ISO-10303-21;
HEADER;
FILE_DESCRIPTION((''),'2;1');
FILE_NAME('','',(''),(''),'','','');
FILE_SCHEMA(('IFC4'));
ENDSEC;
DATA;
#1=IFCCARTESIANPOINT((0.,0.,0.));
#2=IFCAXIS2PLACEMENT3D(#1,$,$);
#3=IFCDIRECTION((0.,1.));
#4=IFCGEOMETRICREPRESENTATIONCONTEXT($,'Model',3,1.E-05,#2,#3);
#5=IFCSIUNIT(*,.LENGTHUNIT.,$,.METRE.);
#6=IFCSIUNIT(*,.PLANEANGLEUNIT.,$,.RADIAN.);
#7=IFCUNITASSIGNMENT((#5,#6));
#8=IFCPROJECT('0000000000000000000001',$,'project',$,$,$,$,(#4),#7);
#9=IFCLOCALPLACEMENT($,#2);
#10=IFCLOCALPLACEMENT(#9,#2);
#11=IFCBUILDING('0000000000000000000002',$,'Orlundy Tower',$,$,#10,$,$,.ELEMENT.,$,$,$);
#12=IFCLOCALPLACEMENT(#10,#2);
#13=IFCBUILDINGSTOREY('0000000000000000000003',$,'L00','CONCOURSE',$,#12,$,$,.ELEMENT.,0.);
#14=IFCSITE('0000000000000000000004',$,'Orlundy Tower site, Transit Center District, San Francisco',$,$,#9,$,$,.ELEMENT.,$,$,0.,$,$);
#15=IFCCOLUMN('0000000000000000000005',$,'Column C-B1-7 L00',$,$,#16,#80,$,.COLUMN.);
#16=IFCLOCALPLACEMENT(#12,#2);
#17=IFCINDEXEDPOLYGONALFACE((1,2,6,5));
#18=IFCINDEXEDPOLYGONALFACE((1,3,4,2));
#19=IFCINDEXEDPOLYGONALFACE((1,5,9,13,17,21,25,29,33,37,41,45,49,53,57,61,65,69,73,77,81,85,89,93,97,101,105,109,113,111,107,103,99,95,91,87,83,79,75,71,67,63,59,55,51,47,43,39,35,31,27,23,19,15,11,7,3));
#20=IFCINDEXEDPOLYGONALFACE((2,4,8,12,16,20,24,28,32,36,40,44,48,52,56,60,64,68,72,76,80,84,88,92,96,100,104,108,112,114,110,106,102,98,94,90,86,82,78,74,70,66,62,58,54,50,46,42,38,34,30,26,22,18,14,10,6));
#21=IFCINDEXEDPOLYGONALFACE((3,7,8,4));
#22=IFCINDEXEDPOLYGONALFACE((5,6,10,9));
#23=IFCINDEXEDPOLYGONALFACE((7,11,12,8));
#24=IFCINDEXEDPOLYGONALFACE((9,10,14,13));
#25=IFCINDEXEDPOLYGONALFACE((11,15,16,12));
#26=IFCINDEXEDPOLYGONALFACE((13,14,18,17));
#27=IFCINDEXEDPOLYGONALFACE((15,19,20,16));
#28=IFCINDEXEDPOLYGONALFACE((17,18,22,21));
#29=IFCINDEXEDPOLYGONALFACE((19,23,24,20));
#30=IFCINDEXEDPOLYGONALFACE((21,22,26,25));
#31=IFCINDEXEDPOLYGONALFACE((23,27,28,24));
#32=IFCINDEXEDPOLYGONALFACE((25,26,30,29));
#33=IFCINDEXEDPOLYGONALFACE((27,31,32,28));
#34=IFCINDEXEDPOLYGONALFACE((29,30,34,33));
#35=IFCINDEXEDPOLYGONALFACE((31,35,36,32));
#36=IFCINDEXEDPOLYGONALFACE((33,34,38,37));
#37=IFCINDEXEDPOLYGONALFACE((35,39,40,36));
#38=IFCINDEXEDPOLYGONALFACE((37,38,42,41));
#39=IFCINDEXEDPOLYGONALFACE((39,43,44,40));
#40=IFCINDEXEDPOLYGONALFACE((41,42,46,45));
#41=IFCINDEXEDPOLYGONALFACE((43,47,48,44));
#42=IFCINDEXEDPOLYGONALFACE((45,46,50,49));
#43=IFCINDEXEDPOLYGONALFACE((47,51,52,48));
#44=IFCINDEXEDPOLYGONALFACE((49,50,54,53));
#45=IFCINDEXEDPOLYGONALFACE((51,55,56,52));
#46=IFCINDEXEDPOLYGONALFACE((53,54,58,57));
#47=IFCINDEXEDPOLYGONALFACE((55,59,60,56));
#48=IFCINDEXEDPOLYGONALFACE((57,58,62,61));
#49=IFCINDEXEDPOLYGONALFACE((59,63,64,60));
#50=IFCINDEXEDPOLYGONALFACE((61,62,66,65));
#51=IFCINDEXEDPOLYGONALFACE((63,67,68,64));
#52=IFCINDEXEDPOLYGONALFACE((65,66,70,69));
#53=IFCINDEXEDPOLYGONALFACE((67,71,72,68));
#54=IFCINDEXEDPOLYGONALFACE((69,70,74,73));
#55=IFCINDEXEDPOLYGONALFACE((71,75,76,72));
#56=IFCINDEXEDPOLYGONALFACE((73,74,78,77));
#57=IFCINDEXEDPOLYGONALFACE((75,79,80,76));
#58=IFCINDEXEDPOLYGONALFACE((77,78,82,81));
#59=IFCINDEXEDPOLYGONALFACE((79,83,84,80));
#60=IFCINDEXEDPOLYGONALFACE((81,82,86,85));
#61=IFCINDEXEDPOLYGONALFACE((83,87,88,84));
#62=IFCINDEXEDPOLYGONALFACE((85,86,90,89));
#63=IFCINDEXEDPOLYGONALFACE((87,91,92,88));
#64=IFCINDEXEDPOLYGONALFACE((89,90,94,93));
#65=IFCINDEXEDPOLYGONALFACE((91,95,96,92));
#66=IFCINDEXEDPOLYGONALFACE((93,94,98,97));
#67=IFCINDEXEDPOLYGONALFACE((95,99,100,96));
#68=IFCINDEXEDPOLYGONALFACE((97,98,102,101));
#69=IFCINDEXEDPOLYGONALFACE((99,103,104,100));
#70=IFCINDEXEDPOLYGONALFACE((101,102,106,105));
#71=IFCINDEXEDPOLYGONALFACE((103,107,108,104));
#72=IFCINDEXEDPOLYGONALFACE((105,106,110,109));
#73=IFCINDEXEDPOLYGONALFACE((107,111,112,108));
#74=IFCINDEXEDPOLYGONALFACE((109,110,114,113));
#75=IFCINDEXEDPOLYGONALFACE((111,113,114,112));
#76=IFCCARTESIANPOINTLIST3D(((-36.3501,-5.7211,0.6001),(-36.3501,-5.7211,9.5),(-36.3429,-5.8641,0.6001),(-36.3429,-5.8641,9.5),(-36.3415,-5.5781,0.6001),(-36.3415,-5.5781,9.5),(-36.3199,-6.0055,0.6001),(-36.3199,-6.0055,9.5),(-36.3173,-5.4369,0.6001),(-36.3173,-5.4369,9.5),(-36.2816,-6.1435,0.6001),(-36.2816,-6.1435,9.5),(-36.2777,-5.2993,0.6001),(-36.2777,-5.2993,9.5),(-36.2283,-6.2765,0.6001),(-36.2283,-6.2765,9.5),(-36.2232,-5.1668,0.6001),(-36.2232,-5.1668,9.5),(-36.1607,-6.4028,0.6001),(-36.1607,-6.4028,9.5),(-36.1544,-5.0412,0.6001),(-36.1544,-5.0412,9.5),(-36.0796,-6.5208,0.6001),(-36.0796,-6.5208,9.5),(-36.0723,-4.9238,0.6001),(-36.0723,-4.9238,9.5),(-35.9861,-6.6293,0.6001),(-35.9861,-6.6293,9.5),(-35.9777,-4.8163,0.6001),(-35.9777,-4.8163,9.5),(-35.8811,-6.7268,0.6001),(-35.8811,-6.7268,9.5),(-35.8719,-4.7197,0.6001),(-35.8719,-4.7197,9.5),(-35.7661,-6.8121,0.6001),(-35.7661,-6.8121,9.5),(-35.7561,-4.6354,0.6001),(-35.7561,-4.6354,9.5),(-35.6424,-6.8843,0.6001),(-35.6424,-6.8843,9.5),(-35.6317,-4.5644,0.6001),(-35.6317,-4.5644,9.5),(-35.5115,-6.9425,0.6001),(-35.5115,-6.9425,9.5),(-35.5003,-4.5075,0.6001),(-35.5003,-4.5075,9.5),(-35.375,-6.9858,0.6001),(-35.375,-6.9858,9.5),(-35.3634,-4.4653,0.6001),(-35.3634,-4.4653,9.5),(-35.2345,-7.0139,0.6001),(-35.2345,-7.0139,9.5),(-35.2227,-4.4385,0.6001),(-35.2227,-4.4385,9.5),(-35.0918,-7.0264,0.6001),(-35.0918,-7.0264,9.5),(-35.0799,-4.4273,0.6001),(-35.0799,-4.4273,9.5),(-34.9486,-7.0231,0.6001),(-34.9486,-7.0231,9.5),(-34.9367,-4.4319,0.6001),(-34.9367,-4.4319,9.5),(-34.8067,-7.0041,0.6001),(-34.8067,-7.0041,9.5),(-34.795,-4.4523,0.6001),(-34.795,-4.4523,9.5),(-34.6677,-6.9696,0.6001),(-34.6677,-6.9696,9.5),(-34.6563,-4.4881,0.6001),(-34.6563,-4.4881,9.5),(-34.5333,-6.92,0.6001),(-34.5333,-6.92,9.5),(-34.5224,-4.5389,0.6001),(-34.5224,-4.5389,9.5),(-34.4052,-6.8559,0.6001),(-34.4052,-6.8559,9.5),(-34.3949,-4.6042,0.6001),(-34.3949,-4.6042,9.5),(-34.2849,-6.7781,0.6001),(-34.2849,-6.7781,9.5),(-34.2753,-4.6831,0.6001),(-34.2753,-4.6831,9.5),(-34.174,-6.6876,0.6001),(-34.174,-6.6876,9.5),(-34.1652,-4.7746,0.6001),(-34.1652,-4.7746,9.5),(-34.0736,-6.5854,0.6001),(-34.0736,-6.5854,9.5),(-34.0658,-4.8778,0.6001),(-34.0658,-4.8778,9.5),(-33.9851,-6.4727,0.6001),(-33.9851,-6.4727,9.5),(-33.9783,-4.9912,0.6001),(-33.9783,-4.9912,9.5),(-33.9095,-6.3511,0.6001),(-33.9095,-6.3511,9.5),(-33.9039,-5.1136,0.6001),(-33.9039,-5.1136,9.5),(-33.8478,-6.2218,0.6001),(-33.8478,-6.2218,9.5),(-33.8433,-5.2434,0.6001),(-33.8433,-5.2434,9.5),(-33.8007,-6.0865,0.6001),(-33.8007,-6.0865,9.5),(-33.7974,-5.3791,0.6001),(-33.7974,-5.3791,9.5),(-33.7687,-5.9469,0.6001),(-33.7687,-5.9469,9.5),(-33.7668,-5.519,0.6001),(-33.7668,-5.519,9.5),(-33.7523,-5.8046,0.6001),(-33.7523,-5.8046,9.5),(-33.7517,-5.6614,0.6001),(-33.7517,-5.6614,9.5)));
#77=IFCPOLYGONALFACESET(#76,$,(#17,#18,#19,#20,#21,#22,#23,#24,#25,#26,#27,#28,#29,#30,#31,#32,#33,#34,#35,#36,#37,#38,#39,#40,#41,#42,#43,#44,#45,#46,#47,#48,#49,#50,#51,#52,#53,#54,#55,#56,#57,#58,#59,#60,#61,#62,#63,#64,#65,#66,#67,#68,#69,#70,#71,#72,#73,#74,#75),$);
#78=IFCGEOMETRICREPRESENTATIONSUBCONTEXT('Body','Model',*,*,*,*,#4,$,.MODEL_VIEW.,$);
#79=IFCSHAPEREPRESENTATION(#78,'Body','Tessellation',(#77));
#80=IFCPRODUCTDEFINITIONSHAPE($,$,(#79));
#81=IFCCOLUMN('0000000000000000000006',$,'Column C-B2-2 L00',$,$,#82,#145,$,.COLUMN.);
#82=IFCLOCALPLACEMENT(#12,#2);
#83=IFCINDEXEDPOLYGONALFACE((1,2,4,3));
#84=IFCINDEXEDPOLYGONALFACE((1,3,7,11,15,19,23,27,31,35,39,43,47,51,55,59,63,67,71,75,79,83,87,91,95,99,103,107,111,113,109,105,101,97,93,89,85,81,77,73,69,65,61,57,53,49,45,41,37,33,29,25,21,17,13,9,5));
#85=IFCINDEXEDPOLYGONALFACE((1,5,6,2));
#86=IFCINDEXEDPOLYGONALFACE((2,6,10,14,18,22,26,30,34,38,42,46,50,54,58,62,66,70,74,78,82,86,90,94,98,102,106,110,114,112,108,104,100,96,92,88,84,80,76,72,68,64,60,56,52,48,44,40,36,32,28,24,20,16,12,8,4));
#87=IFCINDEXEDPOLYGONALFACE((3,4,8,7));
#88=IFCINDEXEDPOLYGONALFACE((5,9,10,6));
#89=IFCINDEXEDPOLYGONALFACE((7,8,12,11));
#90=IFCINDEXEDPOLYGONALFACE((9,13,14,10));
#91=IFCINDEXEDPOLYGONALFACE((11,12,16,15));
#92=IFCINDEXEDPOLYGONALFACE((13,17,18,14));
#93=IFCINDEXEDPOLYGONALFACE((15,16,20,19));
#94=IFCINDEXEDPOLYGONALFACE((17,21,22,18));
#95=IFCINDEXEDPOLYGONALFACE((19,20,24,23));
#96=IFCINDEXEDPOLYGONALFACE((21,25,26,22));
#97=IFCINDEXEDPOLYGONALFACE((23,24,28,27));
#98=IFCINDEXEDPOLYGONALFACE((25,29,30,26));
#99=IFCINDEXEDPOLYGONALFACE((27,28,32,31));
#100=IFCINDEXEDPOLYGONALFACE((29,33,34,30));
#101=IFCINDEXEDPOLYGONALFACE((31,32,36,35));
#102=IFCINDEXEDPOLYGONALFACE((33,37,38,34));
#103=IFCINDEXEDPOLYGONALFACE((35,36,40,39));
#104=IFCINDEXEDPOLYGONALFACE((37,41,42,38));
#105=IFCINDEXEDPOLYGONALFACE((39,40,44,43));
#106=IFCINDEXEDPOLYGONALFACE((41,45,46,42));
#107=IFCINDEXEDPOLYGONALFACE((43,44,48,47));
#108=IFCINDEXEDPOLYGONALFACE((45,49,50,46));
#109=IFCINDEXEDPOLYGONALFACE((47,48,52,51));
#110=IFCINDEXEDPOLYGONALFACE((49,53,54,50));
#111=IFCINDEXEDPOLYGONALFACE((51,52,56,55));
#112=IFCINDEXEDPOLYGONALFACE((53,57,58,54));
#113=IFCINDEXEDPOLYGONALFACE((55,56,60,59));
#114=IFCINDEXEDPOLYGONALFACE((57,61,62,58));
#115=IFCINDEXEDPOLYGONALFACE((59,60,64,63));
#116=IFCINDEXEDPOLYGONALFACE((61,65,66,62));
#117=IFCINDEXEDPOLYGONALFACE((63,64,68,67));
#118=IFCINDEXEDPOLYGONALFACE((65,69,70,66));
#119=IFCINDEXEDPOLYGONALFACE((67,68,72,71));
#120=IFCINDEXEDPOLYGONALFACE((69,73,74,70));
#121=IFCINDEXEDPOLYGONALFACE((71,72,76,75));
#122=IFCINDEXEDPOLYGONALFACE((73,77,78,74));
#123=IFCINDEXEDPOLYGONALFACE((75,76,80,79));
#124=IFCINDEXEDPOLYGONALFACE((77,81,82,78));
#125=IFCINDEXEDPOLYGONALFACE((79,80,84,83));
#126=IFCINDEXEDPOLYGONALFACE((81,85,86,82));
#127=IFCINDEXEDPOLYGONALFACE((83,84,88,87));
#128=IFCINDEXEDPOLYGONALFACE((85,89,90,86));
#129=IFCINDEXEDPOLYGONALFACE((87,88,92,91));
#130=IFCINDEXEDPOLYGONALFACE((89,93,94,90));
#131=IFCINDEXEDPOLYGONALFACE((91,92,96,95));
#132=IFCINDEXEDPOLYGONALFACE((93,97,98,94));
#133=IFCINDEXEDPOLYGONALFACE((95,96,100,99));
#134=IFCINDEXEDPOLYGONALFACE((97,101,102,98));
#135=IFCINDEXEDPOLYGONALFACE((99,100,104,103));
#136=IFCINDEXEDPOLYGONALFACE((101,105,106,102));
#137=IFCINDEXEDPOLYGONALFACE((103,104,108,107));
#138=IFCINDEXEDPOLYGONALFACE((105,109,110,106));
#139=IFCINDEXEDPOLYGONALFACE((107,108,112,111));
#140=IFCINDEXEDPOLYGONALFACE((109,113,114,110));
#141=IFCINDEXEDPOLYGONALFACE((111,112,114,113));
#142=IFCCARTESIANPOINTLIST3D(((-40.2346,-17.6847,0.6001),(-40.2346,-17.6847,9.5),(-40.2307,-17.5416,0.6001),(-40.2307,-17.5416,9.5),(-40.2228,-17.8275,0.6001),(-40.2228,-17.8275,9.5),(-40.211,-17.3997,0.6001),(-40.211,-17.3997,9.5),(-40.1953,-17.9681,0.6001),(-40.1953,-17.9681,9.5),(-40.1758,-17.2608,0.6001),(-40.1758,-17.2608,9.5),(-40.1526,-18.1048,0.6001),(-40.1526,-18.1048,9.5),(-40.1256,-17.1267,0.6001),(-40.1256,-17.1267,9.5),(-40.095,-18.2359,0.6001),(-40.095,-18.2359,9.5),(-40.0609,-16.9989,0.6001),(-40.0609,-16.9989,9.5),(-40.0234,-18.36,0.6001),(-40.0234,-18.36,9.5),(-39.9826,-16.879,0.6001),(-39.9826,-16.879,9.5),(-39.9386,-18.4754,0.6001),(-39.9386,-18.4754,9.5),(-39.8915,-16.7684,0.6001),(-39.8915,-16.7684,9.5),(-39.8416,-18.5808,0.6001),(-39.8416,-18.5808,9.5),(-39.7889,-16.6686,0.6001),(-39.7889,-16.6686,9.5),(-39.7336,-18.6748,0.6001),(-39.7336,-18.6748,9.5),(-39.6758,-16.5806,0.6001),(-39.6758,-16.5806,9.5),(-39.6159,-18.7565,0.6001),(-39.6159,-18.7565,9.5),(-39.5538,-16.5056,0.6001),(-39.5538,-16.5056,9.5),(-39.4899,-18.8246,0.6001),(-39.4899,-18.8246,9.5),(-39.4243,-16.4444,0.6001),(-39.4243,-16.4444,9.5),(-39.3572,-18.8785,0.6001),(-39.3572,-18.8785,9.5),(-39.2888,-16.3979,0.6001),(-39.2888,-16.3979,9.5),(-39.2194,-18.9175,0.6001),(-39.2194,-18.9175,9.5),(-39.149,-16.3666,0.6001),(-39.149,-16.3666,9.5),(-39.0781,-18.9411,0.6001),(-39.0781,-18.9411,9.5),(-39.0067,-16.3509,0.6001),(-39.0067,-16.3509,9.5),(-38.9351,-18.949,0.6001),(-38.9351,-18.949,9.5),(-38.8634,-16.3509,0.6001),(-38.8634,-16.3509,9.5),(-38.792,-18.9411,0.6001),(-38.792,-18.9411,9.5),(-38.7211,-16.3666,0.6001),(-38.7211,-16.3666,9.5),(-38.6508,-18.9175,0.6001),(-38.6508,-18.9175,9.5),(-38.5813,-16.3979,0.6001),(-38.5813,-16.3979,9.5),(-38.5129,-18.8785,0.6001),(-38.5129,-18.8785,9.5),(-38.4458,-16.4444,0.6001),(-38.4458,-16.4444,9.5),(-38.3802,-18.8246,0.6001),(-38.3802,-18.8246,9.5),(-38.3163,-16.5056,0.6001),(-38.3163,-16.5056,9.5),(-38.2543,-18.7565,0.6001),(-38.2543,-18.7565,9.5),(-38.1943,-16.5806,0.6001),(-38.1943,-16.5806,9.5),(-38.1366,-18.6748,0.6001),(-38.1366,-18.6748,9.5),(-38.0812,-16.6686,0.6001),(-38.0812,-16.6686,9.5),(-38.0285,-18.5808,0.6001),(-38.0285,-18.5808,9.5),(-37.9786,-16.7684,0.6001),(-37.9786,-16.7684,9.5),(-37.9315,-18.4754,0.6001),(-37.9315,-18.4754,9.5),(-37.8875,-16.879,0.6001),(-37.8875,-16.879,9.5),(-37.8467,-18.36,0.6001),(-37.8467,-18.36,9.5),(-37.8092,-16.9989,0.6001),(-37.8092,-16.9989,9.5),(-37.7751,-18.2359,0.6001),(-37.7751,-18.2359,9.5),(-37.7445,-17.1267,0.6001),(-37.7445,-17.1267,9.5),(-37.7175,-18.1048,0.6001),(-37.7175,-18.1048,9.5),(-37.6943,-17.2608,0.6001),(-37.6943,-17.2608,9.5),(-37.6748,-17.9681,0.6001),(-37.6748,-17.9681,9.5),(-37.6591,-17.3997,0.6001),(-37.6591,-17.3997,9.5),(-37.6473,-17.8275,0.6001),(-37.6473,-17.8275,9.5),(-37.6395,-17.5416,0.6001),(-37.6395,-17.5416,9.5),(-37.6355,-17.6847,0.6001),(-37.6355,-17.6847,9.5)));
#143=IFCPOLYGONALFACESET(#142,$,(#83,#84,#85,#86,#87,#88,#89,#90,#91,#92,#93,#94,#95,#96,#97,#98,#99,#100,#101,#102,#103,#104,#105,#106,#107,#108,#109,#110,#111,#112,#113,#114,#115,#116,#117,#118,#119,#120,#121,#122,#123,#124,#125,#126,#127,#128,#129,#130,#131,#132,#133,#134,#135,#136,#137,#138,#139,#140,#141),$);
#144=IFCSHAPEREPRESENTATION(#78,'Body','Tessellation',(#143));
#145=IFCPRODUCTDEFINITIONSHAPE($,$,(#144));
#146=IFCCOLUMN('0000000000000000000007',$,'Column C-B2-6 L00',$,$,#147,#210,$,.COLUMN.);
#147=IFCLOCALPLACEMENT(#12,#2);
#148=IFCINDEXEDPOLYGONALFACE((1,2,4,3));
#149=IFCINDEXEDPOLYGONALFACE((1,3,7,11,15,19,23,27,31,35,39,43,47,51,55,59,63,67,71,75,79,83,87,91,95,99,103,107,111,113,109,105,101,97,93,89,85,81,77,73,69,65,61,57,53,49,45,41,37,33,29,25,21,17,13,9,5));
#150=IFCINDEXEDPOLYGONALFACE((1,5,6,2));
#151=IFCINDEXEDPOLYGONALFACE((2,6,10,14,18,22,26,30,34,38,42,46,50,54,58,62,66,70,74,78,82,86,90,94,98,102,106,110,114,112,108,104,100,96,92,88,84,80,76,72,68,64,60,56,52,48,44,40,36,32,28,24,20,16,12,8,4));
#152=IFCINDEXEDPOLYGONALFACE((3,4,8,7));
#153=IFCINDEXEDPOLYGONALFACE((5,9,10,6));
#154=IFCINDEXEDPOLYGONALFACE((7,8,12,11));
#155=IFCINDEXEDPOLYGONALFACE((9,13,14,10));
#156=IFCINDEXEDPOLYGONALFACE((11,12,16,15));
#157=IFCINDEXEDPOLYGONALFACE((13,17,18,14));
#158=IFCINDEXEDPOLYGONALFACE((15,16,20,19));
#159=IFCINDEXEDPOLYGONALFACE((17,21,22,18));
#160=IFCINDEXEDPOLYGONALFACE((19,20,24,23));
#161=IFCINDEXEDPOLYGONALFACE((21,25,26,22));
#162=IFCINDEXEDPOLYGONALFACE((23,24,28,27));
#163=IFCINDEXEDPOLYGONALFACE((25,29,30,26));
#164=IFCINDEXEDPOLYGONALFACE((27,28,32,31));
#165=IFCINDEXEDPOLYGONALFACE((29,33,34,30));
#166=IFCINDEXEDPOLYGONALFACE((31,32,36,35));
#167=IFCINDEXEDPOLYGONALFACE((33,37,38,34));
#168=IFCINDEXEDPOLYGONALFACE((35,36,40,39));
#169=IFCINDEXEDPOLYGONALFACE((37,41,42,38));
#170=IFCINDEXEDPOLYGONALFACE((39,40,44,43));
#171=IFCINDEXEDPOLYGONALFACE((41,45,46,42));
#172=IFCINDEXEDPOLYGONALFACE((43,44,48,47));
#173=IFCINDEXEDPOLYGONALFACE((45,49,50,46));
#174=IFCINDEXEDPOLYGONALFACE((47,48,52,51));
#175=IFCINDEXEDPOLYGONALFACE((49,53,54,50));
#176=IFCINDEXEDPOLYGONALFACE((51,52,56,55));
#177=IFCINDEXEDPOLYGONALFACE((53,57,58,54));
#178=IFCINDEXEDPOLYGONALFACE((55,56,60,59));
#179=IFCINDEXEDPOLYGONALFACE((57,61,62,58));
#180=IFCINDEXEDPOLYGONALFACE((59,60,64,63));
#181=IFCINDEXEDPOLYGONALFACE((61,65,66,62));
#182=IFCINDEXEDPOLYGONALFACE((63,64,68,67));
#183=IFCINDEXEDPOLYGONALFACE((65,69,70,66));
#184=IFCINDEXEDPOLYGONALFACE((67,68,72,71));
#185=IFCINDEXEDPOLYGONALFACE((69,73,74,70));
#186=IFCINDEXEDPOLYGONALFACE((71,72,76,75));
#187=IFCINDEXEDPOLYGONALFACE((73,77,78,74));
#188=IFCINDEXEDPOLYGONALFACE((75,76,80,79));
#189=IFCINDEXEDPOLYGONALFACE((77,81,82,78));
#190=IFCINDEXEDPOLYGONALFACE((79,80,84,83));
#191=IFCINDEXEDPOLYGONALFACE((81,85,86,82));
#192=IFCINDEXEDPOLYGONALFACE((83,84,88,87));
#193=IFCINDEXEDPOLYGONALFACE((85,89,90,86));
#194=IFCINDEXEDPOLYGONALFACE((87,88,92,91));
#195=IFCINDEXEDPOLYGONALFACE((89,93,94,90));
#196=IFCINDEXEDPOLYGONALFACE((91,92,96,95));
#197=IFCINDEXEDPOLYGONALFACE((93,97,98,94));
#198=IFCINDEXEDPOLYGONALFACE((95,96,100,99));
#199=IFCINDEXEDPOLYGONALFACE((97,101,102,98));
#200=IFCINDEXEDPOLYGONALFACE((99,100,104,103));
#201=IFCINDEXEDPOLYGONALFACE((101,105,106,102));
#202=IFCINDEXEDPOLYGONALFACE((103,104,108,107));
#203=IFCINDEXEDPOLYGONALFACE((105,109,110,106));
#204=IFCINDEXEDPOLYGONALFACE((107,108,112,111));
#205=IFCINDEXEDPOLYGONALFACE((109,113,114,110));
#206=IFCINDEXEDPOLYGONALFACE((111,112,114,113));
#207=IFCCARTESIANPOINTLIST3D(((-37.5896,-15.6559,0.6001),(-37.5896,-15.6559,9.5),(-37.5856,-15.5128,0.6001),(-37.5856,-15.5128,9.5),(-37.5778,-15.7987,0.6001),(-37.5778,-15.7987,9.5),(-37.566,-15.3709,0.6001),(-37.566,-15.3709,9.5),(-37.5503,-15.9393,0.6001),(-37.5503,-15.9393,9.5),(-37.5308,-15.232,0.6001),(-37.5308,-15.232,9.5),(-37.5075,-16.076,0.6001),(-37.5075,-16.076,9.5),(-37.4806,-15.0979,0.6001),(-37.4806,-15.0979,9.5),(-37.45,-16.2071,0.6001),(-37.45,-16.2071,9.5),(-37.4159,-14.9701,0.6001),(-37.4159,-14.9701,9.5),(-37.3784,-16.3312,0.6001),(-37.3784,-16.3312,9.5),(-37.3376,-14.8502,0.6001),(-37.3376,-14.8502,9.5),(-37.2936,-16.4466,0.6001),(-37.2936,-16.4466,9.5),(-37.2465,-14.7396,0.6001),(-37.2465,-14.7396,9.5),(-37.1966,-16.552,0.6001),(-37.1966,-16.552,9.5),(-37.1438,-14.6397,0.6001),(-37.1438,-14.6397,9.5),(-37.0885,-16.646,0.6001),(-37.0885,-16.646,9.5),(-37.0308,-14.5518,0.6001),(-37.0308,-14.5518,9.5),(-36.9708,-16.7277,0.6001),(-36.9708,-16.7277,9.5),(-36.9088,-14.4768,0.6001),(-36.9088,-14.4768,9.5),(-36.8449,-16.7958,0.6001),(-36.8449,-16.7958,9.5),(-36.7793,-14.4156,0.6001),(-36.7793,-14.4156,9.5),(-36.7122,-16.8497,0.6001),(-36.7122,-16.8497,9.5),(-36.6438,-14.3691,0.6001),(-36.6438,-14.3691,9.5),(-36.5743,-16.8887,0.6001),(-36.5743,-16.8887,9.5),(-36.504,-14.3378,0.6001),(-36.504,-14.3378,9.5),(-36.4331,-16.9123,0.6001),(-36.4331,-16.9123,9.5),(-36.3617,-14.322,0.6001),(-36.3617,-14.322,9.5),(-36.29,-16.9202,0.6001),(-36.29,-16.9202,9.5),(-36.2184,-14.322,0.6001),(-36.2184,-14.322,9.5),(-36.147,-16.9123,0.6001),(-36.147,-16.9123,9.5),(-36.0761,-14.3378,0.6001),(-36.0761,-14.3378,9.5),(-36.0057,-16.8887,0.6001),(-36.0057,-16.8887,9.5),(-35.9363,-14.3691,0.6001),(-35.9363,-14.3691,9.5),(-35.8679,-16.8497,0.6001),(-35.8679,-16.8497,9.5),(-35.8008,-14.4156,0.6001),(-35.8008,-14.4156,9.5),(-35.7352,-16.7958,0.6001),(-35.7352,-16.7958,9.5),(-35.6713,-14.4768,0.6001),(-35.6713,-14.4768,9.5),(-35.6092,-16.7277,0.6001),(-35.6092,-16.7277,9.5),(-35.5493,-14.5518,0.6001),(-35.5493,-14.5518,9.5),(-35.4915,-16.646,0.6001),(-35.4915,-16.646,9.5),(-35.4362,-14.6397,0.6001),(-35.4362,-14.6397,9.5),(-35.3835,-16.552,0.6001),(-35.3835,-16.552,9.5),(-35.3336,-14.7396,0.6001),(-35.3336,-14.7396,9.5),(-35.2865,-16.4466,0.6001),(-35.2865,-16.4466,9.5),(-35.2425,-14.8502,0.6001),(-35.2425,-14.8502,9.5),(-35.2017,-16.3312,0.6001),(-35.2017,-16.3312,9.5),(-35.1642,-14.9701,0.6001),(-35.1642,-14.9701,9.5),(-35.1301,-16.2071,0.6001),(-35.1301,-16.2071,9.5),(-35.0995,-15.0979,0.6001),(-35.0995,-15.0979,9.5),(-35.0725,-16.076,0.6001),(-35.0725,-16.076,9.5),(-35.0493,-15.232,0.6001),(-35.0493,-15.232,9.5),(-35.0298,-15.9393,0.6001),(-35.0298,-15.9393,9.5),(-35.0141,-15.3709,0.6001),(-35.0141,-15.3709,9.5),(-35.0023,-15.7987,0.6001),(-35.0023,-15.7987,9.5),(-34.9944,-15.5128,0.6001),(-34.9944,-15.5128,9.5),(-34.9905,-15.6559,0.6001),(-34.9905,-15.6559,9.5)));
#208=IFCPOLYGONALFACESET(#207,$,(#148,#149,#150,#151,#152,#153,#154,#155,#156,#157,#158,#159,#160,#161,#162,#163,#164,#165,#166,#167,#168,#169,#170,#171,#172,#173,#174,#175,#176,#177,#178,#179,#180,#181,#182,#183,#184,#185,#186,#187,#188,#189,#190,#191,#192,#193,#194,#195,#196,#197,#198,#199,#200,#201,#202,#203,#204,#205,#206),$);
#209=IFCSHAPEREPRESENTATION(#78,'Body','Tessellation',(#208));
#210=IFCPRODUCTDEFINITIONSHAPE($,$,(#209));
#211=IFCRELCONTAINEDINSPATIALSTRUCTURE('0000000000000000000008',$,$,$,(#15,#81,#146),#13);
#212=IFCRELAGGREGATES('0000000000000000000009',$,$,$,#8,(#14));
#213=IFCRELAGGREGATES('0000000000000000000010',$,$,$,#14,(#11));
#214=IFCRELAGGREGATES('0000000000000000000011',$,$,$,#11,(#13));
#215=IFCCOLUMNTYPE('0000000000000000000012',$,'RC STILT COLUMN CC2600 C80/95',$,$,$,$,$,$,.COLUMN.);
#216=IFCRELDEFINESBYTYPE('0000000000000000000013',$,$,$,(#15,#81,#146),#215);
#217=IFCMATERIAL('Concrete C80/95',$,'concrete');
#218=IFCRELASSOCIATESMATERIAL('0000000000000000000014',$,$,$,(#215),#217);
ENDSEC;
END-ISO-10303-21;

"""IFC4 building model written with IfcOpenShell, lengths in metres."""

from ifc_helpers import new_model, si_unit, direction, frame, origin, origin_2d, place, context, subcontext, project, spatial, circle, extrude, material, material_profile, profile_set, type_object, element, save


model = new_model("IFC4")

# Units and contexts
model_context = context("Model", 3, precision=1e-05, world=origin(), true_north=direction((0.0, 1.0)))
body_context = subcontext(model_context, "Body", "Model", "MODEL_VIEW")
ifc_project = project(units=[si_unit("LENGTHUNIT", "METRE"), si_unit("PLANEANGLEUNIT", "RADIAN")], contexts=[model_context])

# Site, building, storey
site_placement = place(None, origin())
site = spatial("IfcSite", under=ifc_project, at=site_placement, Name="Orlundy Tower site, Transit Center District, San Francisco", CompositionType="ELEMENT", RefElevation=0.0)
building_placement = place(site_placement, origin())
building = spatial("IfcBuilding", under=site, at=building_placement, Name="Orlundy Tower", CompositionType="ELEMENT")
storey_placement = place(building_placement, origin())
storey = spatial("IfcBuildingStorey", under=building, at=storey_placement, Name="L00", Description="CONCOURSE", CompositionType="ELEMENT", Elevation=0.0)

# Columns
ifc_material_1 = material(Name="Concrete C80/95", Category="concrete")
ifc_material_profile_1 = material_profile(ifc_material_1, circle(Radius=1.3, at=origin_2d()), Name="CC2600")
ifc_profile_set_1 = profile_set([ifc_material_profile_1], Name="Concrete C80/95")
column_type = type_object("IfcColumnType", Name="RC STILT COLUMN CC2600 C80/95", PredefinedType="COLUMN", material=ifc_profile_set_1)
for number, where, z_axis, x_axis, name in (
    (1, (-35.05, -5.7271, 0.6001), (0.0, 0.0, 1.0), (0.087156, 0.996195, 0.0), "Column C-B1-7 L00"),
    (2, (-38.9351, -17.6489, 0.6001), (0.0, 0.0, 1.0), (0.866025, 0.5, 0.0), "Column C-B2-2 L00"),
    (3, (-36.29, -15.6201, 0.6001), (0.0, 0.0, 1.0), (0.866025, 0.5, 0.0), "Column C-B2-6 L00"),
):
    element("IfcColumn", number, at=place(storey_placement, frame(where, z_axis=z_axis, x_axis=x_axis)), inside=storey, type_object=column_type, Name=name, PredefinedType="COLUMN", context=body_context, shape_type="SweptSolid", body=[
        extrude(circle(Radius=1.3, at=origin_2d()), origin(), (0.0, 0.0, 1.0), 8.8999),
    ])

save(model, "model.ifc")
